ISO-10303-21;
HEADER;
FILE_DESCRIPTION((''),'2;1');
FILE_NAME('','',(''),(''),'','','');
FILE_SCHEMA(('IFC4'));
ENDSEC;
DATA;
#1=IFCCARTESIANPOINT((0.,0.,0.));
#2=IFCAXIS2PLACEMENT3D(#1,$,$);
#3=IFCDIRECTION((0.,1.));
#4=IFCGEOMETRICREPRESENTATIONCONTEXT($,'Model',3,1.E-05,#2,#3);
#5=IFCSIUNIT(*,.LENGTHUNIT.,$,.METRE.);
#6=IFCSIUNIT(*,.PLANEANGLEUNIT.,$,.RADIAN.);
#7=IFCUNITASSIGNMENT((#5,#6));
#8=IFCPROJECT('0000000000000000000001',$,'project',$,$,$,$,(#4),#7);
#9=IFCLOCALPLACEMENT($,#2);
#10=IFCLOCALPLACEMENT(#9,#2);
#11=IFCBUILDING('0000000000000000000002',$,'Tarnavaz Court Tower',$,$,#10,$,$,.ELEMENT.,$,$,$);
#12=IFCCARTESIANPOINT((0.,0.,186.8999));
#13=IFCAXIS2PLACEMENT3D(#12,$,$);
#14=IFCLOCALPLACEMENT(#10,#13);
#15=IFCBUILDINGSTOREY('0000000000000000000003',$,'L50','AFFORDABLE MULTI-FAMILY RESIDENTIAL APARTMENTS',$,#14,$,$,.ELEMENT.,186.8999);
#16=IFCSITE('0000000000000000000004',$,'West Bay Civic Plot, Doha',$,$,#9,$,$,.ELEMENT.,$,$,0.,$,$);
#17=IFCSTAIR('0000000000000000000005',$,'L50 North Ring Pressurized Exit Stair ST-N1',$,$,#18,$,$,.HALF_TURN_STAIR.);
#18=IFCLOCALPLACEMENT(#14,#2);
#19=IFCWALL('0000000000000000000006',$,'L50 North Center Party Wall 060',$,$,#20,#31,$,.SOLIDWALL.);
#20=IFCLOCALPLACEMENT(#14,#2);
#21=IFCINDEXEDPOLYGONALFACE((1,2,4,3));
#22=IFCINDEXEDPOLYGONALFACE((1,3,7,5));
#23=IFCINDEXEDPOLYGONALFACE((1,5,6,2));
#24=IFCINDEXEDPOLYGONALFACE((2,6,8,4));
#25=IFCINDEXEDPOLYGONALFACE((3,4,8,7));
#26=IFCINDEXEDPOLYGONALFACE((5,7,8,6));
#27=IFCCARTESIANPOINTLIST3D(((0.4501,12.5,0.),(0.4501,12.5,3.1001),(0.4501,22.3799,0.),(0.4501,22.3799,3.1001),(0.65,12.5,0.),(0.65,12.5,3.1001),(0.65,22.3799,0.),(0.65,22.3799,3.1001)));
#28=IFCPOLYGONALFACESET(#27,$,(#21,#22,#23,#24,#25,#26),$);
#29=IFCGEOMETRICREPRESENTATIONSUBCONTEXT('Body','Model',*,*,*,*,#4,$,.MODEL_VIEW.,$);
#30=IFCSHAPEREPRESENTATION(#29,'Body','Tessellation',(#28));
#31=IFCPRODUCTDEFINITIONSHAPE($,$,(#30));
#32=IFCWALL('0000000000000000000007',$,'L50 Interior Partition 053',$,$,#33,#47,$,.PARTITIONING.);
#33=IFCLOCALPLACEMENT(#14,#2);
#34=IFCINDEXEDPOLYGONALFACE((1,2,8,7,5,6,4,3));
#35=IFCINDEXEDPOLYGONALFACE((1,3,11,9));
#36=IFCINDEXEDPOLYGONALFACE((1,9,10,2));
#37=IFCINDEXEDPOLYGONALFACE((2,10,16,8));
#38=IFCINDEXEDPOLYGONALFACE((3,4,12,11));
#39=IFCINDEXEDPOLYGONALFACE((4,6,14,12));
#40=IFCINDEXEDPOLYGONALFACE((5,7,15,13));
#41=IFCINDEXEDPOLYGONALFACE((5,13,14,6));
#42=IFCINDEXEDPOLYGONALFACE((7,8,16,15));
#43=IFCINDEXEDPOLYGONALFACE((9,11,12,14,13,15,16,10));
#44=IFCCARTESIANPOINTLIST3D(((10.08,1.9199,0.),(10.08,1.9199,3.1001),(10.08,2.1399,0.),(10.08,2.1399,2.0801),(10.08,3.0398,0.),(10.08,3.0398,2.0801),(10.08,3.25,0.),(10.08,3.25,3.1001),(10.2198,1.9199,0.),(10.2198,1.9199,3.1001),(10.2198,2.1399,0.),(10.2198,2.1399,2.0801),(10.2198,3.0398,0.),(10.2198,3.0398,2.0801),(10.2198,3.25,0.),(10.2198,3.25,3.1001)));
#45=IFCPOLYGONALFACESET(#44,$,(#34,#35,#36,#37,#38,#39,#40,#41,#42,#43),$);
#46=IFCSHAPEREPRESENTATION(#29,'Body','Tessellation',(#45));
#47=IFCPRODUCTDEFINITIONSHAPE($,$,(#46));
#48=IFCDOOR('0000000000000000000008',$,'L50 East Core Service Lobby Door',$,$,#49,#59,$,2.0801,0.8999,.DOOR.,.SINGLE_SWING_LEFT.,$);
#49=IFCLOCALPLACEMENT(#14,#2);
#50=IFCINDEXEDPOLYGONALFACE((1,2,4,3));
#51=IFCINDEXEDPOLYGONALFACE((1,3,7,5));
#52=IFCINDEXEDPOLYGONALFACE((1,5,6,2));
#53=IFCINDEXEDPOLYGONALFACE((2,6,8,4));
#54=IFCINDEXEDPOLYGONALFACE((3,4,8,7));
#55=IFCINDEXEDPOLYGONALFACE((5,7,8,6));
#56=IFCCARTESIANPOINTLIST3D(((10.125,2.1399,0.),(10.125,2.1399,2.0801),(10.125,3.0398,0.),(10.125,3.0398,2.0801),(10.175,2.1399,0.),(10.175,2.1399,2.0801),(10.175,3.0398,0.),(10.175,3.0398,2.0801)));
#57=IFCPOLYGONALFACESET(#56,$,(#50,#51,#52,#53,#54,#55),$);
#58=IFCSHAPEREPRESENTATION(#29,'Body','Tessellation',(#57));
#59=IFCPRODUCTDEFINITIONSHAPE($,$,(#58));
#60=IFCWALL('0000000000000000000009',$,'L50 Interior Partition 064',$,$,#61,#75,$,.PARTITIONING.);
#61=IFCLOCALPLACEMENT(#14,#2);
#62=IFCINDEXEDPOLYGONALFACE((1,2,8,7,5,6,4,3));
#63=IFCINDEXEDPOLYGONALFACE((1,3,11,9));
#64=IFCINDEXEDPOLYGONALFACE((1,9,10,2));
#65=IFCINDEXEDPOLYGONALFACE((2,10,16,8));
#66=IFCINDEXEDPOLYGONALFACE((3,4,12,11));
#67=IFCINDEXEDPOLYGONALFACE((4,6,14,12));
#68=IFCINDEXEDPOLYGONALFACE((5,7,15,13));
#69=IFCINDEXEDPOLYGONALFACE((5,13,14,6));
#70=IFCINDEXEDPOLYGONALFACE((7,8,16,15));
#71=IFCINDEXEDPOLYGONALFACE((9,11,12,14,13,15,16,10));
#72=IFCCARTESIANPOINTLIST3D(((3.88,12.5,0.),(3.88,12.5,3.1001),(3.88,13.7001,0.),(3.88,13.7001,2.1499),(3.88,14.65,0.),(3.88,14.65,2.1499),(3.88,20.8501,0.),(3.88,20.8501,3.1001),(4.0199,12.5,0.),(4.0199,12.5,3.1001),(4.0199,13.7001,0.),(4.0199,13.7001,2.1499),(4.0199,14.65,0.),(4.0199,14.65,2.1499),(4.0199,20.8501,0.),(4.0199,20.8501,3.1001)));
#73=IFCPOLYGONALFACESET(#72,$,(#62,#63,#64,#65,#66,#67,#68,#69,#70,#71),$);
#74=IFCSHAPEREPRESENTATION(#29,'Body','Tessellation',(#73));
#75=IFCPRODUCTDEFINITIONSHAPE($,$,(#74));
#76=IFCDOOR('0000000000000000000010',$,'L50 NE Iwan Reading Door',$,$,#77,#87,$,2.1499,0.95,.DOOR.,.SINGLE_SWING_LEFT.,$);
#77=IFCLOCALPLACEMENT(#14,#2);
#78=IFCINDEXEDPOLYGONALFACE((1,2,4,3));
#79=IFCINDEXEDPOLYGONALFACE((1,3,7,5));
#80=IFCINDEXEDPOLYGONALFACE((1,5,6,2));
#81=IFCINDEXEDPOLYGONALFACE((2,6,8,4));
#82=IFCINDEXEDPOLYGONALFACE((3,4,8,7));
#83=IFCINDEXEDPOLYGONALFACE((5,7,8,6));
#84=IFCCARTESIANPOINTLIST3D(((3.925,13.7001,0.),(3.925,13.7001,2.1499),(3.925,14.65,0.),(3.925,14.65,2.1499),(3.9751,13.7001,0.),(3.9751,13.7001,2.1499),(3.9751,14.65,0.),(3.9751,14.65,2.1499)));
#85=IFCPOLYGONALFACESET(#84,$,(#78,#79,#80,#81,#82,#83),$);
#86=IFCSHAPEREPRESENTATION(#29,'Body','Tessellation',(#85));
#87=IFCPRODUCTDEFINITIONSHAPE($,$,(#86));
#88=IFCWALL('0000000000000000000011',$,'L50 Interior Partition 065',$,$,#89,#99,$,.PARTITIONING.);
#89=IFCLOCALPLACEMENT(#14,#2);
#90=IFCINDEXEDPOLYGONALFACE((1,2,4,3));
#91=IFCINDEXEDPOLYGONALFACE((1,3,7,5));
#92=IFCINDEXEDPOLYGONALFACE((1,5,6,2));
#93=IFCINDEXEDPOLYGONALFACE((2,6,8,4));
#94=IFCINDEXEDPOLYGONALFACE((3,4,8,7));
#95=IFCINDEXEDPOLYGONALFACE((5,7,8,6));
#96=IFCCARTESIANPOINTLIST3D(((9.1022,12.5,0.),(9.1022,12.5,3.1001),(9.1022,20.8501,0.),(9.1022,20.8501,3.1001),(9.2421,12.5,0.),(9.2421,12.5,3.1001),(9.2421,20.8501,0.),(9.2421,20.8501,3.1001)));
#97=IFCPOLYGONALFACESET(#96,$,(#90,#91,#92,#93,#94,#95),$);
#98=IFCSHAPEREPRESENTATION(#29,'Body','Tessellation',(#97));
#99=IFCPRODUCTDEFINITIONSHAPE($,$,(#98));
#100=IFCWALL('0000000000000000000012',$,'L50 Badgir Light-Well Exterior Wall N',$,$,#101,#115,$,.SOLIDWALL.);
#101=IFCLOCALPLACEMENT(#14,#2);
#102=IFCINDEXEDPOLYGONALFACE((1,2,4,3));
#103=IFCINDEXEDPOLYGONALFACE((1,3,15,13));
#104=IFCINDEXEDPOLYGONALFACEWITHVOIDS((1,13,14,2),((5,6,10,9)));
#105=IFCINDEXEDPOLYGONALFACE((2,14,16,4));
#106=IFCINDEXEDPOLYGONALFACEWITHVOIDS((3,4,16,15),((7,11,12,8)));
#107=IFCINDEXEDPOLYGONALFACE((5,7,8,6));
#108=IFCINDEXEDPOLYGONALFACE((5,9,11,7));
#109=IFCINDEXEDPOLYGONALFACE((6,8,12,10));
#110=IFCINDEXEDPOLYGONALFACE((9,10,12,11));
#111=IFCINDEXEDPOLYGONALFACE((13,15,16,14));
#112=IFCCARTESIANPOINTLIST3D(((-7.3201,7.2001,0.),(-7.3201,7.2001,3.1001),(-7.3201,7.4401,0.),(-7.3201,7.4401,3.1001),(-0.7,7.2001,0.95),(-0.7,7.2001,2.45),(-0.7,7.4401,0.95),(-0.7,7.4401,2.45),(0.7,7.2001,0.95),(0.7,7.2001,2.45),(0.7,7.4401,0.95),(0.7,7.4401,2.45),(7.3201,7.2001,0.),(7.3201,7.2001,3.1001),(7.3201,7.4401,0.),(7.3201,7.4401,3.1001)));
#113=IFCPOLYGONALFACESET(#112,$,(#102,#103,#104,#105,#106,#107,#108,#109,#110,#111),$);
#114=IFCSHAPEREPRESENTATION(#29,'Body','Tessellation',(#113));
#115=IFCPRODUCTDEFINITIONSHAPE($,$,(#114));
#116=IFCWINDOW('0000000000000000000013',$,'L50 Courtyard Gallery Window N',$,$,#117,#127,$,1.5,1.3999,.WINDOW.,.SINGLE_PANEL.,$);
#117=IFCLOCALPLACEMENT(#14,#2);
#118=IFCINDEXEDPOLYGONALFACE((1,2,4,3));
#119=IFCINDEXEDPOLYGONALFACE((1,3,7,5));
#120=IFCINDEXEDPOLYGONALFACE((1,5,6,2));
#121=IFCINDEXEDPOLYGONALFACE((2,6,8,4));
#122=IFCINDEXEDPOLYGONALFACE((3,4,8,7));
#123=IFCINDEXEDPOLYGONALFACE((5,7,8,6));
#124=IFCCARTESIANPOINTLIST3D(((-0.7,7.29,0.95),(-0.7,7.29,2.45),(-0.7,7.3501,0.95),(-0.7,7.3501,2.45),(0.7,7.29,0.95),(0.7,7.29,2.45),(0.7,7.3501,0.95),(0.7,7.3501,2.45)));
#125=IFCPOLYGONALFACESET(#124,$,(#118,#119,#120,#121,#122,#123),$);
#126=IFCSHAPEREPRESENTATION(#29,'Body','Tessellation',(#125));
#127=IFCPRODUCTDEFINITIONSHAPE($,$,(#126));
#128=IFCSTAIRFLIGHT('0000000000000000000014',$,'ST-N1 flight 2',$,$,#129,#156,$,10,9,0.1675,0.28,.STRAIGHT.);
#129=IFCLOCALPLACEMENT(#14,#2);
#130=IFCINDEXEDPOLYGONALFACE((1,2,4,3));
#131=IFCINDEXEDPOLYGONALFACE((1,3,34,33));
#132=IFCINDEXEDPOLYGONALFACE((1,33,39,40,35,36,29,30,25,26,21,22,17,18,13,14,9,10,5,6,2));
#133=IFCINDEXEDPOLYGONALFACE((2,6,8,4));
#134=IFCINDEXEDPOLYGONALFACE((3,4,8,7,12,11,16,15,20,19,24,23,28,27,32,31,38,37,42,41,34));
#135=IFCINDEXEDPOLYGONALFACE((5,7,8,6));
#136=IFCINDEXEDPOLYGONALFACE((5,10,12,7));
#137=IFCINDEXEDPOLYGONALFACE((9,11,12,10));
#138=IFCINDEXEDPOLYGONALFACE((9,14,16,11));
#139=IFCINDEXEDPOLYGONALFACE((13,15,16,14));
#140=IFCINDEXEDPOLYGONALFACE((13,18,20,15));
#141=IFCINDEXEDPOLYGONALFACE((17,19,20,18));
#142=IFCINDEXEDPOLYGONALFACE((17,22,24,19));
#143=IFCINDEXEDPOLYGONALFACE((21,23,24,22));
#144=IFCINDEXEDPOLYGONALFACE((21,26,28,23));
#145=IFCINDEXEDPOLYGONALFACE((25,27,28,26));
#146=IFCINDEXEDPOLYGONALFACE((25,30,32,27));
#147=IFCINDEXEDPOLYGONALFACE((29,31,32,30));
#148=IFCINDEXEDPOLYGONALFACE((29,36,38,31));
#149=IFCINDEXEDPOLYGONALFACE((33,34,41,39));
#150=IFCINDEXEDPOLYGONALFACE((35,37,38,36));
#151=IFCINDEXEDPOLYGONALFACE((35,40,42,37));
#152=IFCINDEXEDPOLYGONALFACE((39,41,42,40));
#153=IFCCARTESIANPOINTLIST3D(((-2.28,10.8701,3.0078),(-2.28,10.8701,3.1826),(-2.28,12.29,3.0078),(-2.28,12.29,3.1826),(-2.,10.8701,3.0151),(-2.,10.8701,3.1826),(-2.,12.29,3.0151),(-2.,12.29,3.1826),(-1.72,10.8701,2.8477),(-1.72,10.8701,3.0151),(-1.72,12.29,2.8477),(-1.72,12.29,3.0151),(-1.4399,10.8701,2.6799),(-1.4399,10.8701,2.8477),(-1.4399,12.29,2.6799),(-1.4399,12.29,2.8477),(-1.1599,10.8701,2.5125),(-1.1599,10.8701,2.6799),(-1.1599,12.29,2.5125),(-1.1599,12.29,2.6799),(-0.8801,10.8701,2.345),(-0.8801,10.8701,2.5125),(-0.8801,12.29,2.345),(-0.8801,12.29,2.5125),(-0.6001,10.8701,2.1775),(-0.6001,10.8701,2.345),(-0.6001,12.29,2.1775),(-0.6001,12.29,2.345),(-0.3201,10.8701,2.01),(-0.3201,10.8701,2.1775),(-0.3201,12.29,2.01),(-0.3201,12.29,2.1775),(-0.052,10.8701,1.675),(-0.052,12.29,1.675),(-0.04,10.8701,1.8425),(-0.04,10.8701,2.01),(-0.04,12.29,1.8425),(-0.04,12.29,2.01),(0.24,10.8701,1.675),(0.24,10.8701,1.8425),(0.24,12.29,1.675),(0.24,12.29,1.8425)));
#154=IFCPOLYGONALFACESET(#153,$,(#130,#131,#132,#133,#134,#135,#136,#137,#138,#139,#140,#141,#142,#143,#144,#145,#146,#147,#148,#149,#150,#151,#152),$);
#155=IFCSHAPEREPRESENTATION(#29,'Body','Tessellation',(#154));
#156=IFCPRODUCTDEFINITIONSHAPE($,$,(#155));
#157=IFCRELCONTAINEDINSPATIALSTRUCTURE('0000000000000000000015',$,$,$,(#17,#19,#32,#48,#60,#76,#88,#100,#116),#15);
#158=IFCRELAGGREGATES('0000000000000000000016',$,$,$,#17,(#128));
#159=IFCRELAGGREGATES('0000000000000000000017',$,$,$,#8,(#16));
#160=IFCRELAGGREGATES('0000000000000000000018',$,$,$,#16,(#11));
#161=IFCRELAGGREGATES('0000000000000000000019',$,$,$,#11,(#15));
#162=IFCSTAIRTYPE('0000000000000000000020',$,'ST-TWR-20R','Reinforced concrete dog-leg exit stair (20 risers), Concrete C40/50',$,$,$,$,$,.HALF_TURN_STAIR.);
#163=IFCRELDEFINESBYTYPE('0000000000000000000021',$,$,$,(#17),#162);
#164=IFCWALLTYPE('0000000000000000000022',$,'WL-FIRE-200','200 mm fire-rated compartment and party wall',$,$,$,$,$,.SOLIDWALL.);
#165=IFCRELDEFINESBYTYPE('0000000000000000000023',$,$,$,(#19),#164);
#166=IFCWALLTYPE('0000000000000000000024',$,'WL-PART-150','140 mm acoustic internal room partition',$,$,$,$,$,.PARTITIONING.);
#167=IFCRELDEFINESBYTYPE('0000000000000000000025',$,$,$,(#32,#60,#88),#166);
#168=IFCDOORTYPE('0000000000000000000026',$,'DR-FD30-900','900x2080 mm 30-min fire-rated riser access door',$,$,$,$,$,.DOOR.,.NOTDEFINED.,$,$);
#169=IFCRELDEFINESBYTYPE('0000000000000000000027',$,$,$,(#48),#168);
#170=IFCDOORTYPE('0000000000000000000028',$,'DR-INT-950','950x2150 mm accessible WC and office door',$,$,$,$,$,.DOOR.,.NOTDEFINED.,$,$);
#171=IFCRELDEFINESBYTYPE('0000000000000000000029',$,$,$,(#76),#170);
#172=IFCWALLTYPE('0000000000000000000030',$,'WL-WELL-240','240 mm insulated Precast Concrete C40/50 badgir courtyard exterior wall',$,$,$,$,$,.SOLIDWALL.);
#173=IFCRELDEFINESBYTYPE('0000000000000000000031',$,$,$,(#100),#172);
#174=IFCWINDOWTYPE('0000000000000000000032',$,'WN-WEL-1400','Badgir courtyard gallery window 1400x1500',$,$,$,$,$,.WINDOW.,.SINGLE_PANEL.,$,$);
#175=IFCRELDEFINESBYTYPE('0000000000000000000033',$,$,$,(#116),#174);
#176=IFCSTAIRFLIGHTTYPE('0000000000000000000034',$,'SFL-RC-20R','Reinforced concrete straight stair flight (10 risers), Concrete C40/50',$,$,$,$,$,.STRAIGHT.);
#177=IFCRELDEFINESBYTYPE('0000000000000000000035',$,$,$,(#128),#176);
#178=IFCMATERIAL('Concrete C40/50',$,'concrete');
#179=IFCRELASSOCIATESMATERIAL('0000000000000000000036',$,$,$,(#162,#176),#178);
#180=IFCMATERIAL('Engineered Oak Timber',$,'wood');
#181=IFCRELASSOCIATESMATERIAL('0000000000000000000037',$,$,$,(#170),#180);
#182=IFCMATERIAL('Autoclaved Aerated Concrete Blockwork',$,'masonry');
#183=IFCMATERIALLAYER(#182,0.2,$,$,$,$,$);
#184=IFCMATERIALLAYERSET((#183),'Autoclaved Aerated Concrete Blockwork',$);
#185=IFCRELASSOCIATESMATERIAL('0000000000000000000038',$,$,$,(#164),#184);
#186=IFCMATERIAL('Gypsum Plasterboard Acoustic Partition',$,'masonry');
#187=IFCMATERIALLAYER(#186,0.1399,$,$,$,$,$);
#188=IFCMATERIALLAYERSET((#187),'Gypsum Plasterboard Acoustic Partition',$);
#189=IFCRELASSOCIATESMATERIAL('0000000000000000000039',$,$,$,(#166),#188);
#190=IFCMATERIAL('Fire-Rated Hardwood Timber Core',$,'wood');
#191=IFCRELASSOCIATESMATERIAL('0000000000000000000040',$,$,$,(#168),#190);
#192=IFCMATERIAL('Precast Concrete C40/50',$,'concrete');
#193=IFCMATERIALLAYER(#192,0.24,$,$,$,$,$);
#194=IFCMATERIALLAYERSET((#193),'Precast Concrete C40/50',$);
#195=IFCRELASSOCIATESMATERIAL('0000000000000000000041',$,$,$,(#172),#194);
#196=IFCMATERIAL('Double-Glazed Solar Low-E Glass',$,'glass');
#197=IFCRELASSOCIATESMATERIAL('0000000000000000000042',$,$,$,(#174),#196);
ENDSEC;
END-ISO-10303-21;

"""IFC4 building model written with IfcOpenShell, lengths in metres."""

from ifc_helpers import new_model, si_unit, direction, frame, frame_2d, origin, place, context, subcontext, project, spatial, polyline, rectangle, outline, extrude, material, layer, layer_set, type_object, element, fill, aggregate, save


model = new_model("IFC4")

# Units and contexts
model_context = context("Model", 3, precision=1e-05, world=origin(), true_north=direction((0.0, 1.0)))
body_context = subcontext(model_context, "Body", "Model", "MODEL_VIEW")
ifc_project = project(units=[si_unit("LENGTHUNIT", "METRE"), si_unit("PLANEANGLEUNIT", "RADIAN")], contexts=[model_context])

# Site, building, storey
site_placement = place(None, origin())
site = spatial("IfcSite", under=ifc_project, at=site_placement, Name="West Bay Civic Plot, Doha", CompositionType="ELEMENT", RefElevation=0.0)
building_placement = place(site_placement, origin())
building = spatial("IfcBuilding", under=site, at=building_placement, Name="Tarnavaz Court Tower", CompositionType="ELEMENT")
storey_placement = place(building_placement, frame((0.0, 0.0, 186.8999)))
storey = spatial("IfcBuildingStorey", under=building, at=storey_placement, Name="L50", Description="AFFORDABLE MULTI-FAMILY RESIDENTIAL APARTMENTS", CompositionType="ELEMENT", Elevation=186.8999)

# Stair
ifc_material_1 = material(Name="Concrete C40/50", Category="concrete")
stair_type = type_object("IfcStairType", Name="ST-TWR-20R", Description="Reinforced concrete dog-leg exit stair (20 risers), Concrete C40/50", PredefinedType="HALF_TURN_STAIR", material=ifc_material_1)
stair_1_placement = place(storey_placement, origin())
stair_1 = element("IfcStair", 1, at=stair_1_placement, inside=storey, type_object=stair_type, Name="L50 North Ring Pressurized Exit Stair ST-N1", PredefinedType="HALF_TURN_STAIR")

# Shared definitions
ifc_material_2 = material(Name="Fire-Rated Hardwood Timber Core", Category="wood")

# Shared definitions
ifc_material_3 = material(Name="Engineered Oak Timber", Category="wood")
door_type_1 = type_object("IfcDoorType", Name="DR-INT-950", Description="950x2150 mm accessible WC and office door", OperationType="NOTDEFINED", PredefinedType="DOOR", material=ifc_material_3)

# Wall
ifc_material_4 = material(Name="Autoclaved Aerated Concrete Blockwork", Category="masonry")
ifc_layer_1 = layer(ifc_material_4, 0.2)
ifc_layer_set_1 = layer_set([ifc_layer_1], Name="Autoclaved Aerated Concrete Blockwork")
wall_type_1 = type_object("IfcWallType", Name="WL-FIRE-200", Description="200 mm fire-rated compartment and party wall", PredefinedType="SOLIDWALL", material=ifc_layer_set_1)
wall_1_placement = place(storey_placement, frame((0.55, 12.5, 0.0), z_axis=(0.0, 0.0, 1.0), x_axis=(0.0, 1.0, 0.0)))
element("IfcWall", 2, at=wall_1_placement, inside=storey, type_object=wall_type_1, Name="L50 North Center Party Wall 060", PredefinedType="SOLIDWALL", context=body_context, shape_type="SweptSolid", body=[
    extrude(rectangle(XDim=9.8799, YDim=0.2, at=frame_2d((4.9399, 0.0))), origin(), (0.0, 0.0, 1.0), 3.1001),
])

# Walls, openings, doors
ifc_material_5 = material(Name="Gypsum Plasterboard Acoustic Partition", Category="masonry")
ifc_layer_2 = layer(ifc_material_5, 0.1399)
ifc_layer_set_2 = layer_set([ifc_layer_2], Name="Gypsum Plasterboard Acoustic Partition")
wall_type_2 = type_object("IfcWallType", Name="WL-PART-150", Description="140 mm acoustic internal room partition", PredefinedType="PARTITIONING", material=ifc_layer_set_2)
wall_2_placement = place(storey_placement, frame((10.1499, 1.9199, 0.0), z_axis=(0.0, 0.0, 1.0), x_axis=(0.0, 1.0, 0.0)))
wall_2 = element("IfcWall", 3, at=wall_2_placement, inside=storey, type_object=wall_type_2, Name="L50 Interior Partition 053", PredefinedType="PARTITIONING", context=body_context, shape_type="SweptSolid", body=[
    extrude(rectangle(XDim=1.3301, YDim=0.1399, at=frame_2d((0.665, 0.0))), origin(), (0.0, 0.0, 1.0), 3.1001),
])
opening_1_placement = place(wall_2_placement, frame((0.22, 0.0, 0.0)))
opening_1 = element("IfcOpeningElement", 4, at=opening_1_placement, cuts=wall_2, PredefinedType="OPENING", context=body_context, shape_type="SweptSolid", body=[
    extrude(rectangle(XDim=0.8999, YDim=2.0801, at=frame_2d((0.45, 1.04))), frame((0.0, 0.0798, 0.0), z_axis=(0.0, -1.0, 0.0), x_axis=(1.0, 0.0, 0.0)), (0.0, 0.0, 1.0), 0.1599),
])
door_type_2 = type_object("IfcDoorType", Name="DR-FD30-900", Description="900x2080 mm 30-min fire-rated riser access door", OperationType="NOTDEFINED", PredefinedType="DOOR", material=ifc_material_2)
door_1_placement = place(opening_1_placement, origin())
door_1 = element("IfcDoor", 5, at=door_1_placement, inside=storey, type_object=door_type_2, Name="L50 East Core Service Lobby Door", OperationType="SINGLE_SWING_LEFT", OverallHeight=2.0801, OverallWidth=0.8999, PredefinedType="DOOR", context=body_context, shape_type="SweptSolid", body=[
    extrude(rectangle(XDim=0.8999, YDim=2.0801, at=frame_2d((0.45, 1.04))), frame((0.0, 0.0249, 0.0), z_axis=(0.0, -1.0, 0.0), x_axis=(1.0, 0.0, 0.0)), (0.0, 0.0, 1.0), 0.05),
])
fill(opening_1, door_1)
wall_3_placement = place(storey_placement, frame((3.95, 12.5, 0.0), z_axis=(0.0, 0.0, 1.0), x_axis=(0.0, 1.0, 0.0)))
wall_3 = element("IfcWall", 6, at=wall_3_placement, inside=storey, type_object=wall_type_2, Name="L50 Interior Partition 064", PredefinedType="PARTITIONING", context=body_context, shape_type="SweptSolid", body=[
    extrude(rectangle(XDim=8.3501, YDim=0.1399, at=frame_2d((4.175, 0.0))), origin(), (0.0, 0.0, 1.0), 3.1001),
])
opening_2_placement = place(wall_3_placement, frame((1.2, 0.0, 0.0)))
opening_2 = element("IfcOpeningElement", 7, at=opening_2_placement, cuts=wall_3, PredefinedType="OPENING", context=body_context, shape_type="SweptSolid", body=[
    extrude(rectangle(XDim=0.95, YDim=2.1499, at=frame_2d((0.4751, 1.075))), frame((0.0, 0.0798, 0.0), z_axis=(0.0, -1.0, 0.0), x_axis=(1.0, 0.0, 0.0)), (0.0, 0.0, 1.0), 0.1599),
])
door_2_placement = place(opening_2_placement, origin())
door_2 = element("IfcDoor", 8, at=door_2_placement, inside=storey, type_object=door_type_1, Name="L50 NE Iwan Reading Door", OperationType="SINGLE_SWING_LEFT", OverallHeight=2.1499, OverallWidth=0.95, PredefinedType="DOOR", context=body_context, shape_type="SweptSolid", body=[
    extrude(rectangle(XDim=0.95, YDim=2.1499, at=frame_2d((0.4751, 1.075))), frame((0.0, 0.0249, 0.0), z_axis=(0.0, -1.0, 0.0), x_axis=(1.0, 0.0, 0.0)), (0.0, 0.0, 1.0), 0.05),
])
fill(opening_2, door_2)

# Wall
wall_4_placement = place(storey_placement, frame((9.1721, 12.5, 0.0), z_axis=(0.0, 0.0, 1.0), x_axis=(0.0, 1.0, 0.0)))
element("IfcWall", 9, at=wall_4_placement, inside=storey, type_object=wall_type_2, Name="L50 Interior Partition 065", PredefinedType="PARTITIONING", context=body_context, shape_type="SweptSolid", body=[
    extrude(rectangle(XDim=8.3501, YDim=0.1399, at=frame_2d((4.175, 0.0))), origin(), (0.0, 0.0, 1.0), 3.1001),
])

# Wall, opening, window
ifc_material_6 = material(Name="Precast Concrete C40/50", Category="concrete")
ifc_layer_3 = layer(ifc_material_6, 0.24)
ifc_layer_set_3 = layer_set([ifc_layer_3], Name="Precast Concrete C40/50")
wall_type_3 = type_object("IfcWallType", Name="WL-WELL-240", Description="240 mm insulated Precast Concrete C40/50 badgir courtyard exterior wall", PredefinedType="SOLIDWALL", material=ifc_layer_set_3)
wall_5_placement = place(storey_placement, frame((7.3201, 7.3201, 0.0), z_axis=(0.0, 0.0, 1.0), x_axis=(-1.0, 0.0, 0.0)))
wall_5 = element("IfcWall", 10, at=wall_5_placement, inside=storey, type_object=wall_type_3, Name="L50 Badgir Light-Well Exterior Wall N", PredefinedType="SOLIDWALL", context=body_context, shape_type="SweptSolid", body=[
    extrude(rectangle(XDim=14.6401, YDim=0.24, at=frame_2d((7.3201, 0.0))), origin(), (0.0, 0.0, 1.0), 3.1001),
])
opening_3_placement = place(wall_5_placement, frame((6.6201, 0.0, 0.95)))
opening_3 = element("IfcOpeningElement", 11, at=opening_3_placement, cuts=wall_5, PredefinedType="OPENING", context=body_context, shape_type="SweptSolid", body=[
    extrude(rectangle(XDim=1.3999, YDim=1.5, at=frame_2d((0.7, 0.75))), frame((0.0, 0.1299, 0.0), z_axis=(0.0, -1.0, 0.0), x_axis=(1.0, 0.0, 0.0)), (0.0, 0.0, 1.0), 0.26),
])
ifc_material_7 = material(Name="Double-Glazed Solar Low-E Glass", Category="glass")
window_type = type_object("IfcWindowType", Name="WN-WEL-1400", Description="Badgir courtyard gallery window 1400x1500", PartitioningType="SINGLE_PANEL", PredefinedType="WINDOW", material=ifc_material_7)
window_placement = place(opening_3_placement, origin())
window = element("IfcWindow", 12, at=window_placement, inside=storey, type_object=window_type, Name="L50 Courtyard Gallery Window N", OverallHeight=1.5, OverallWidth=1.3999, PartitioningType="SINGLE_PANEL", PredefinedType="WINDOW", context=body_context, shape_type="SweptSolid", body=[
    extrude(rectangle(XDim=1.3999, YDim=1.5, at=frame_2d((0.7, 0.75))), frame((0.0, 0.03, 0.0), z_axis=(0.0, -1.0, 0.0), x_axis=(1.0, 0.0, 0.0)), (0.0, 0.0, 1.0), 0.0601),
])
fill(opening_3, window)

# Stair flight
stair_flight_type = type_object("IfcStairFlightType", Name="SFL-RC-20R", Description="Reinforced concrete straight stair flight (10 risers), Concrete C40/50", PredefinedType="STRAIGHT", material=ifc_material_1)
stair_flight_placement = place(storey_placement, frame((0.24, 11.5801, 1.675), z_axis=(0.0, 0.0, 1.0), x_axis=(-1.0, 0.0, 0.0)))
stair_flight = element("IfcStairFlight", 13, at=stair_flight_placement, type_object=stair_flight_type, Name="ST-N1 flight 2", NumberOfRisers=10, NumberOfTreads=9, PredefinedType="STRAIGHT", RiserHeight=0.1675, TreadLength=0.28, context=body_context, shape_type="SweptSolid", body=[
    extrude(outline(polyline([(0.0, 0.0), (0.0, 0.1675), (0.28, 0.1675), (0.28, 0.335), (0.5601, 0.335), (0.5601, 0.5024), (0.8401, 0.5024), (0.8401, 0.6699), (1.1201, 0.6699), (1.1201, 0.8374), (1.3999, 0.8374), (1.3999, 1.0049), (1.6799, 1.0049), (1.6799, 1.1726), (1.96, 1.1726), (1.96, 1.3401), (2.24, 1.3401), (2.24, 1.5076), (2.52, 1.5076), (2.52, 1.675), (2.52, 1.3328), (0.292, 0.0), (0.0, 0.0)])), frame((0.0, 0.71, 0.0), z_axis=(0.0, -1.0, 0.0), x_axis=(1.0, 0.0, 0.0)), (0.0, 0.0, 1.0), 1.4199),
])
aggregate(stair_1, [stair_flight])

save(model, "model.ifc")
